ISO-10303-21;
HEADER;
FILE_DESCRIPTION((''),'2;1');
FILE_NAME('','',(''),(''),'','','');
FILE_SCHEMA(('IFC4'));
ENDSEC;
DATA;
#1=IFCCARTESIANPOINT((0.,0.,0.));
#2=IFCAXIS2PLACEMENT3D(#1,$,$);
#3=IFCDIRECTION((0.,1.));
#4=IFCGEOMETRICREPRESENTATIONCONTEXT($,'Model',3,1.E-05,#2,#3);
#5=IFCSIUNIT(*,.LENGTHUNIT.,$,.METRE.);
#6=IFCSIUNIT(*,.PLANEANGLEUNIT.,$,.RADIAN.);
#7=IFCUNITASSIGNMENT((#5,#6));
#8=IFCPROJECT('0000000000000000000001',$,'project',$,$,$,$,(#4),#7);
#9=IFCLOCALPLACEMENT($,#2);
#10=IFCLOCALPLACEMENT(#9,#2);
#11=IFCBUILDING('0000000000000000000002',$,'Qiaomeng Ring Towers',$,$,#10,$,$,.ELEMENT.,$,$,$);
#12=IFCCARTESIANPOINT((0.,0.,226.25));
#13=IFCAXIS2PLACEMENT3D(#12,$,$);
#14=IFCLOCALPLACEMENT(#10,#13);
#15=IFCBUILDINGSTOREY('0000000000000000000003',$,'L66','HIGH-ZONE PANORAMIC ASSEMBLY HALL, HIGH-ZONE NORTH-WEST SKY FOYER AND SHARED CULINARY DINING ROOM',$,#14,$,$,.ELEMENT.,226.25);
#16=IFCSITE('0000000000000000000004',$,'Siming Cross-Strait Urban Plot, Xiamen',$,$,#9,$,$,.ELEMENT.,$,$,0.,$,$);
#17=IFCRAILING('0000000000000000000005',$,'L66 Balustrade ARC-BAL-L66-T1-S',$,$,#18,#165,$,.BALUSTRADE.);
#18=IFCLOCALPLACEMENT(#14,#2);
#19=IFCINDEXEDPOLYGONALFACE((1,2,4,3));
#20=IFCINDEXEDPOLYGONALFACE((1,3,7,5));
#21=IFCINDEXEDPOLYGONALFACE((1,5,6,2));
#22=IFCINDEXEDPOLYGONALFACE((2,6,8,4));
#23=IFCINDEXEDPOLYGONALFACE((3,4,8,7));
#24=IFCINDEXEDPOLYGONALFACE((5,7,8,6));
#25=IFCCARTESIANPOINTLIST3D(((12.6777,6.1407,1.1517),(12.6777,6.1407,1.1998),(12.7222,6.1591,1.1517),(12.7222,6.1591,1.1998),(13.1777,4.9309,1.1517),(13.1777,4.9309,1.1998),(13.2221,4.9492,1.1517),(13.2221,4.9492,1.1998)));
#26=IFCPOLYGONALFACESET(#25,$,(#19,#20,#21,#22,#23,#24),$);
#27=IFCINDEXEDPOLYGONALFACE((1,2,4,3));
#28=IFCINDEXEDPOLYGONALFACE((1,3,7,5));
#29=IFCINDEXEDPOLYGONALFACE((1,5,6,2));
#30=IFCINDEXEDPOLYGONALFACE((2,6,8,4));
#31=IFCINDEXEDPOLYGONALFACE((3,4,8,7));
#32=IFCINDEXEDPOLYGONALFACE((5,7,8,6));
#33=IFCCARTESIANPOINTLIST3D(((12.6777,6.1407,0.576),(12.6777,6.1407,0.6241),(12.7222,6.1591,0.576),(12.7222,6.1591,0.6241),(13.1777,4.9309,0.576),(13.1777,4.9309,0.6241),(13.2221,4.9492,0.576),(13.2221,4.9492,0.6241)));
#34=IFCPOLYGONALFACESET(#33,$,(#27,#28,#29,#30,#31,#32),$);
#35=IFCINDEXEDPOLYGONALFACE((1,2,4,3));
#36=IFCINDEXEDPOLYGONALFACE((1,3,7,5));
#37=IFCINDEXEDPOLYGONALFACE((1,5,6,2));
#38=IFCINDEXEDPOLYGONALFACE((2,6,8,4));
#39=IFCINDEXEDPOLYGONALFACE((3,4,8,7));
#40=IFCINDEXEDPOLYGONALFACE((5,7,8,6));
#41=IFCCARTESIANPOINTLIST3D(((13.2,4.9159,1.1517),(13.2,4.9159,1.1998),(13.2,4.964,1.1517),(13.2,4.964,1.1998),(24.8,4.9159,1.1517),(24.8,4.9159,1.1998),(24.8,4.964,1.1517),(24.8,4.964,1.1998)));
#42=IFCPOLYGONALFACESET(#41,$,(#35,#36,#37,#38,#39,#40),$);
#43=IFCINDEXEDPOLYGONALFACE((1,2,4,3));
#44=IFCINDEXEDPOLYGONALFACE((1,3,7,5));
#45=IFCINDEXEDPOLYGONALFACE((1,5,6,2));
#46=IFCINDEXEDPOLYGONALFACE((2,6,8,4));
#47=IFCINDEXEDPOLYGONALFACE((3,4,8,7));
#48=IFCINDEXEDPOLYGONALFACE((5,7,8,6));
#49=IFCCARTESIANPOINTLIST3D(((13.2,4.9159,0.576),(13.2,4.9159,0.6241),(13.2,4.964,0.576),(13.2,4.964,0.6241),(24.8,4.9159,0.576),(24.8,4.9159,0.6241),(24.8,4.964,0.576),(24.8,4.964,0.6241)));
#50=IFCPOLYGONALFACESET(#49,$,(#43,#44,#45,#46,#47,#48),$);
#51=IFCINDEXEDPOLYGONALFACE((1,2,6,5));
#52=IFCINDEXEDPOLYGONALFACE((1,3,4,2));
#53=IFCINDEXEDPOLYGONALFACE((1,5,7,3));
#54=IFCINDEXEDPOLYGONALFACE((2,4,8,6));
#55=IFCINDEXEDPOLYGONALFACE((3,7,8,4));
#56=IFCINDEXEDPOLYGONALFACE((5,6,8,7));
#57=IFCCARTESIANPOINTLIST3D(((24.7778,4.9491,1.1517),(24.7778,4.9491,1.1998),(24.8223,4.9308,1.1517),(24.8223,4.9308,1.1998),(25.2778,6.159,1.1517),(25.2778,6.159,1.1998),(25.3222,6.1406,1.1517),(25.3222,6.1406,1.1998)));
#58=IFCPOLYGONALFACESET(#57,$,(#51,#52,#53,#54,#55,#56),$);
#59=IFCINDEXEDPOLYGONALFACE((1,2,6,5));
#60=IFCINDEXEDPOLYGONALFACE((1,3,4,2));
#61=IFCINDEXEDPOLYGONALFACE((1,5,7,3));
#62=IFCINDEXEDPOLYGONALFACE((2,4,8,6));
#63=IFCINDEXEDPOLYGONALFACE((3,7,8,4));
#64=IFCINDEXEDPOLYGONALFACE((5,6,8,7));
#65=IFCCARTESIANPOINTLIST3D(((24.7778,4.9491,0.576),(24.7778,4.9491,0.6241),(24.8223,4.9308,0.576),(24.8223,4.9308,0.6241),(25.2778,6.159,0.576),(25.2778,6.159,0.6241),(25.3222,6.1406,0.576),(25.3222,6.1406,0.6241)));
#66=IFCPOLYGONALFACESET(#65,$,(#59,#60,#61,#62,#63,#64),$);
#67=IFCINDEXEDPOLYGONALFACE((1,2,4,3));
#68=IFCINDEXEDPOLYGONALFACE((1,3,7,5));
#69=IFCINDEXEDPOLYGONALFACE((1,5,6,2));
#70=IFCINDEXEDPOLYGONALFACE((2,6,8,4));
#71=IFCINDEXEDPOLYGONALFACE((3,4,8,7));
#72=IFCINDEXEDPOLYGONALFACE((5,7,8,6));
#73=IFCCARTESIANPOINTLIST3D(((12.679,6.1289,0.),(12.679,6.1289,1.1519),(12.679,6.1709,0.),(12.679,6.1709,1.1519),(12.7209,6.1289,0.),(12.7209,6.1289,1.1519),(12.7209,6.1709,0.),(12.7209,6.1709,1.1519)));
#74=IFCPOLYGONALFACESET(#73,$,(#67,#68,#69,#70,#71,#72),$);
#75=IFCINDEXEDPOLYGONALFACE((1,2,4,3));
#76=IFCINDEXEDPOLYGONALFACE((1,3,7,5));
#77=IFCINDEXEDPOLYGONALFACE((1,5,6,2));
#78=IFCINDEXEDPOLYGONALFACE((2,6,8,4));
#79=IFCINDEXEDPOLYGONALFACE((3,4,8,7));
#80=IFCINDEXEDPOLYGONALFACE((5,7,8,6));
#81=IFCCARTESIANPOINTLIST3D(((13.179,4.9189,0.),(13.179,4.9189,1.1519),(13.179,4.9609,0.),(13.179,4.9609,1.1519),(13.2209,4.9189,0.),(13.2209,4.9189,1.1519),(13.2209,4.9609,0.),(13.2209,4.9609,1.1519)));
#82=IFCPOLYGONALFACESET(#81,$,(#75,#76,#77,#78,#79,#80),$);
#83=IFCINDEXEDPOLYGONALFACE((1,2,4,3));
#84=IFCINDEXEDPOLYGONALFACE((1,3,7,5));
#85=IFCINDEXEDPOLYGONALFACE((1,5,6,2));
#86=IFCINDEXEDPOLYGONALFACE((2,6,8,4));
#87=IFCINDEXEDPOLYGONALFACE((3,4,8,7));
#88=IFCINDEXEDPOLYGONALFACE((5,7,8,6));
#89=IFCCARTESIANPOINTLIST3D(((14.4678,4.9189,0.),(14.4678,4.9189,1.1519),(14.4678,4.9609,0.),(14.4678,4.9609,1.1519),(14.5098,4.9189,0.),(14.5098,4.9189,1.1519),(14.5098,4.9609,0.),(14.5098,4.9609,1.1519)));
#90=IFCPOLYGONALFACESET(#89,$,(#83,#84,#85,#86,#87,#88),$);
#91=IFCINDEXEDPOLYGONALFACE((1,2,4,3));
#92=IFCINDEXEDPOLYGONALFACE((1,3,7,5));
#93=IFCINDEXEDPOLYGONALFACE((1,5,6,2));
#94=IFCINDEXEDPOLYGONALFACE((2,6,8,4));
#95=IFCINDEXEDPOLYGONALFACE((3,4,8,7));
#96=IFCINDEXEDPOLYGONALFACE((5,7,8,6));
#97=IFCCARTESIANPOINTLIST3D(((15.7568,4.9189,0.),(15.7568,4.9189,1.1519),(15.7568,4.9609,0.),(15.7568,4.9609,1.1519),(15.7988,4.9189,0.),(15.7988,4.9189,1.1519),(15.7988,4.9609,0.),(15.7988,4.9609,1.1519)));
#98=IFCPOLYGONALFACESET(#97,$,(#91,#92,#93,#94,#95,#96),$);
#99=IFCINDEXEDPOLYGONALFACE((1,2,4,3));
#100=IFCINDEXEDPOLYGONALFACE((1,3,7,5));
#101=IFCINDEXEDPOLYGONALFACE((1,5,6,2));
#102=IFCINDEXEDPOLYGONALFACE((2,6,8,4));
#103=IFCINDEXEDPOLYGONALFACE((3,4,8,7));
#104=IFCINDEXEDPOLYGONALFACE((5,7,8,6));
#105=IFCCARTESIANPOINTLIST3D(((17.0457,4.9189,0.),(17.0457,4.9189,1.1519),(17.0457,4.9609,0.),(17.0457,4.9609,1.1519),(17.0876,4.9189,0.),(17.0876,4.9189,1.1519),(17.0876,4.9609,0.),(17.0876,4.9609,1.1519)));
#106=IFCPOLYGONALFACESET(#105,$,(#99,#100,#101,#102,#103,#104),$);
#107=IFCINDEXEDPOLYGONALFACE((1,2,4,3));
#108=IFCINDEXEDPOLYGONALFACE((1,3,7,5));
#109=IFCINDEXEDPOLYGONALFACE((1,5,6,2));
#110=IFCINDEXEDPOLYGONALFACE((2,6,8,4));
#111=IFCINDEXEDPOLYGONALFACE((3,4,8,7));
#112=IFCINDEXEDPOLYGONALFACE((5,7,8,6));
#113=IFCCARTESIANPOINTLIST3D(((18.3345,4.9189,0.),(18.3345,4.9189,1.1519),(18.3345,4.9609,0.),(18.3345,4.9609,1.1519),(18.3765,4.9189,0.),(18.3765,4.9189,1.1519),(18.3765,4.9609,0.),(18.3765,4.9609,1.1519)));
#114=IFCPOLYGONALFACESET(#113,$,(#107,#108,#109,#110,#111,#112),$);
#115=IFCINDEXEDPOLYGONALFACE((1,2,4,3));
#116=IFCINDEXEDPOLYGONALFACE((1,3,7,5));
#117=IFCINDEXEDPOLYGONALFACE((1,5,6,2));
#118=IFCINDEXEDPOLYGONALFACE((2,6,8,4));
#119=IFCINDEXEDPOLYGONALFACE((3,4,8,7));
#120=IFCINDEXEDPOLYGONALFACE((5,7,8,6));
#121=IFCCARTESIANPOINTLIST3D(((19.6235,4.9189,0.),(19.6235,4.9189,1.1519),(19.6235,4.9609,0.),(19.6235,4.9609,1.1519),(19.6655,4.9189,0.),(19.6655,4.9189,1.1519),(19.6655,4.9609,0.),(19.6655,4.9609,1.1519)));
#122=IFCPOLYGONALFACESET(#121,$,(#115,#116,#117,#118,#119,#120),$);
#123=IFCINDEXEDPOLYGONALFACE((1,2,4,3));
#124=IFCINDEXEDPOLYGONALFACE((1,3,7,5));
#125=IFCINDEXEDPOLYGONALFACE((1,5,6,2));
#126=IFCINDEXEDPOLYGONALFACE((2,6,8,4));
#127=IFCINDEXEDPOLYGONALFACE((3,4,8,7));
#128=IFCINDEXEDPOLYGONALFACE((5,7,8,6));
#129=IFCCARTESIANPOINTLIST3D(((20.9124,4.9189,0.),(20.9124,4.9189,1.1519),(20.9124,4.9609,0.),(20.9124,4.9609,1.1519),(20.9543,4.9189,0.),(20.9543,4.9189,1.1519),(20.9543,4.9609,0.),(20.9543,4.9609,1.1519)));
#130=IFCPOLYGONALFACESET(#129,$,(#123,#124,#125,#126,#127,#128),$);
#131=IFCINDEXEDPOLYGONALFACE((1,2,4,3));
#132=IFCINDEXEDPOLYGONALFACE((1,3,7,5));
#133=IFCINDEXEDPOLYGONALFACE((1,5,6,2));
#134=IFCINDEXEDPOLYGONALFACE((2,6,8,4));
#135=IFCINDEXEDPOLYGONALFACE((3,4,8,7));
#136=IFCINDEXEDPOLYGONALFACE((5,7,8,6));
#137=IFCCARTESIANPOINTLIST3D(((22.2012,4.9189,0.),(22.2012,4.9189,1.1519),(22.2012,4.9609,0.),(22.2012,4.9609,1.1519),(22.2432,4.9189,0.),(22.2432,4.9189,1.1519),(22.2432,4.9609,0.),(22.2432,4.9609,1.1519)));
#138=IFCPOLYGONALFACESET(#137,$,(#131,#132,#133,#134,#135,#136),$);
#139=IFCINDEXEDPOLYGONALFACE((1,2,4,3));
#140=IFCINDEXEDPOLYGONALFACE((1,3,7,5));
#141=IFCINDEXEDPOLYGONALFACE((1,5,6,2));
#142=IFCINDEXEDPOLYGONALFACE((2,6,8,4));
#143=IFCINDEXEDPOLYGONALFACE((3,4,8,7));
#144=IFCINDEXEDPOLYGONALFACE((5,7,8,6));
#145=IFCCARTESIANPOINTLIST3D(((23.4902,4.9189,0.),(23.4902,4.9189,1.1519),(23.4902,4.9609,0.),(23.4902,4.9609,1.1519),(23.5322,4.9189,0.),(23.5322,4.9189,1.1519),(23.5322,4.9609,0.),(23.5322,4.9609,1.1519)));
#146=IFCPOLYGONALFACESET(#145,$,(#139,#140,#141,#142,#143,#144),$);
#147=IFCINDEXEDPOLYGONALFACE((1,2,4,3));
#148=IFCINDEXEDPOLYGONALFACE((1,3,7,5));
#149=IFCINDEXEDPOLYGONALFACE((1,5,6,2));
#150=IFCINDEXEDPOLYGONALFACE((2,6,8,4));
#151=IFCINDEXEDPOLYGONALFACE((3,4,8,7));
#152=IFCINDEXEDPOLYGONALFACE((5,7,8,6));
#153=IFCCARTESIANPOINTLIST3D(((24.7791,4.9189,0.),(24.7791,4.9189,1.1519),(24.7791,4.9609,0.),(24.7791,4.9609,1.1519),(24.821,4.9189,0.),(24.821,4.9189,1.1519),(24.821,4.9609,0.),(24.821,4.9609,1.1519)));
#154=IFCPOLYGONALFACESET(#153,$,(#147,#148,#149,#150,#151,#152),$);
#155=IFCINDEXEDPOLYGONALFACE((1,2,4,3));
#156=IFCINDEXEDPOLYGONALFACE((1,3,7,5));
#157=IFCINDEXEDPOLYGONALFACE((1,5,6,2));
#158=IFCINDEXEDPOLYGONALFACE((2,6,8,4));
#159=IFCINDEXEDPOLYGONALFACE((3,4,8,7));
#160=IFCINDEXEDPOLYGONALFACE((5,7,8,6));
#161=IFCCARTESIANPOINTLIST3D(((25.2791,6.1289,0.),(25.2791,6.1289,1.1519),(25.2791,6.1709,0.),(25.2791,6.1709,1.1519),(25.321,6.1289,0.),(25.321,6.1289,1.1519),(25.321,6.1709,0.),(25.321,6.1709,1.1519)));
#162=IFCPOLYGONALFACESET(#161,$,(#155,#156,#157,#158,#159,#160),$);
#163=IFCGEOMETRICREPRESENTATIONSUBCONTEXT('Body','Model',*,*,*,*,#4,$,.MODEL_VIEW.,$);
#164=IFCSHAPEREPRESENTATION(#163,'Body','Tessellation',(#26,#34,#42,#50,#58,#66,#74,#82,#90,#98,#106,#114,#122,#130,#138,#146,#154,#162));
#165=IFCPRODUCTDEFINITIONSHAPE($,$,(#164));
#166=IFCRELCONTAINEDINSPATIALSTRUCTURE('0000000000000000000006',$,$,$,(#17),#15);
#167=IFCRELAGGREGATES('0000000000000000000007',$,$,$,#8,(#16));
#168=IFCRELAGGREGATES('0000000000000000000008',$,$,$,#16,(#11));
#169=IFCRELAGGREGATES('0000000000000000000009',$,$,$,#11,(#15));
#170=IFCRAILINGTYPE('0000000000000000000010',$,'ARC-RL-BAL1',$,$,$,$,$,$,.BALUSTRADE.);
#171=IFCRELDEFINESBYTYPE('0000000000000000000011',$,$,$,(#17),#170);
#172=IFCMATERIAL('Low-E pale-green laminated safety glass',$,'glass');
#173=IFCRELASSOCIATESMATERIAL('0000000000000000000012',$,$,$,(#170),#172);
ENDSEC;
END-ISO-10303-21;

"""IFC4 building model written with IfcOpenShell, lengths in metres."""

from ifc_helpers import new_model, si_unit, direction, frame, origin, origin_2d, place, context, subcontext, project, spatial, rectangle, extrude, material, type_object, element, save


model = new_model("IFC4")

# Units and contexts
model_context = context("Model", 3, precision=1e-05, world=origin(), true_north=direction((0.0, 1.0)))
body_context = subcontext(model_context, "Body", "Model", "MODEL_VIEW")
ifc_project = project(units=[si_unit("LENGTHUNIT", "METRE"), si_unit("PLANEANGLEUNIT", "RADIAN")], contexts=[model_context])

# Site, building, storey
site_placement = place(None, origin())
site = spatial("IfcSite", under=ifc_project, at=site_placement, Name="Siming Cross-Strait Urban Plot, Xiamen", CompositionType="ELEMENT", RefElevation=0.0)
building_placement = place(site_placement, origin())
building = spatial("IfcBuilding", under=site, at=building_placement, Name="Qiaomeng Ring Towers", CompositionType="ELEMENT")
storey_placement = place(building_placement, frame((0.0, 0.0, 226.25)))
storey = spatial("IfcBuildingStorey", under=building, at=storey_placement, Name="L66", Description="HIGH-ZONE PANORAMIC ASSEMBLY HALL, HIGH-ZONE NORTH-WEST SKY FOYER AND SHARED CULINARY DINING ROOM", CompositionType="ELEMENT", Elevation=226.25)

# Railing
ifc_material_1 = material(Name="Low-E pale-green laminated safety glass", Category="glass")
railing_type = type_object("IfcRailingType", Name="ARC-RL-BAL1", PredefinedType="BALUSTRADE", material=ifc_material_1)
railing_placement = place(storey_placement, frame((12.7, 6.1499, 0.0)))
element("IfcRailing", 1, at=railing_placement, inside=storey, type_object=railing_type, Name="L66 Balustrade ARC-BAL-L66-T1-S", PredefinedType="BALUSTRADE", context=body_context, shape_type="SweptSolid", body=[
    extrude(rectangle(XDim=0.0481, YDim=0.0481, at=origin_2d()), frame((0.0, 0.0, 1.1758), z_axis=(0.381913, -0.924198, 0.0), x_axis=(0.924198, 0.381913, 0.0)), (0.0, 0.0, 1.0), 1.3091),
    extrude(rectangle(XDim=0.0481, YDim=0.0481, at=origin_2d()), frame((0.0, 0.0, 0.6001), z_axis=(0.381913, -0.924198, 0.0), x_axis=(0.924198, 0.381913, 0.0)), (0.0, 0.0, 1.0), 1.3091),
    extrude(rectangle(XDim=0.0481, YDim=0.0481, at=origin_2d()), frame((0.5, -1.21, 1.1758), z_axis=(1.0, 0.0, 0.0), x_axis=(0.0, 1.0, 0.0)), (0.0, 0.0, 1.0), 11.6001),
    extrude(rectangle(XDim=0.0481, YDim=0.0481, at=origin_2d()), frame((0.5, -1.21, 0.6001), z_axis=(1.0, 0.0, 0.0), x_axis=(0.0, 1.0, 0.0)), (0.0, 0.0, 1.0), 11.6001),
    extrude(rectangle(XDim=0.0481, YDim=0.0481, at=origin_2d()), frame((12.1001, -1.21, 1.1758), z_axis=(0.381913, 0.924198, 0.0), x_axis=(-0.924198, 0.381913, 0.0)), (0.0, 0.0, 1.0), 1.3091),
    extrude(rectangle(XDim=0.0481, YDim=0.0481, at=origin_2d()), frame((12.1001, -1.21, 0.6001), z_axis=(0.381913, 0.924198, 0.0), x_axis=(-0.924198, 0.381913, 0.0)), (0.0, 0.0, 1.0), 1.3091),
    extrude(rectangle(XDim=0.042, YDim=0.042, at=origin_2d()), origin(), (0.0, 0.0, 1.0), 1.1519),
    extrude(rectangle(XDim=0.042, YDim=0.042, at=origin_2d()), frame((0.5, -1.21, 0.0)), (0.0, 0.0, 1.0), 1.1519),
    extrude(rectangle(XDim=0.042, YDim=0.042, at=origin_2d()), frame((1.7888, -1.21, 0.0)), (0.0, 0.0, 1.0), 1.1519),
    extrude(rectangle(XDim=0.042, YDim=0.042, at=origin_2d()), frame((3.0779, -1.21, 0.0)), (0.0, 0.0, 1.0), 1.1519),
    extrude(rectangle(XDim=0.042, YDim=0.042, at=origin_2d()), frame((4.3667, -1.21, 0.0)), (0.0, 0.0, 1.0), 1.1519),
    extrude(rectangle(XDim=0.042, YDim=0.042, at=origin_2d()), frame((5.6555, -1.21, 0.0)), (0.0, 0.0, 1.0), 1.1519),
    extrude(rectangle(XDim=0.042, YDim=0.042, at=origin_2d()), frame((6.9446, -1.21, 0.0)), (0.0, 0.0, 1.0), 1.1519),
    extrude(rectangle(XDim=0.042, YDim=0.042, at=origin_2d()), frame((8.2334, -1.21, 0.0)), (0.0, 0.0, 1.0), 1.1519),
    extrude(rectangle(XDim=0.042, YDim=0.042, at=origin_2d()), frame((9.5222, -1.21, 0.0)), (0.0, 0.0, 1.0), 1.1519),
    extrude(rectangle(XDim=0.042, YDim=0.042, at=origin_2d()), frame((10.8113, -1.21, 0.0)), (0.0, 0.0, 1.0), 1.1519),
    extrude(rectangle(XDim=0.042, YDim=0.042, at=origin_2d()), frame((12.1001, -1.21, 0.0)), (0.0, 0.0, 1.0), 1.1519),
    extrude(rectangle(XDim=0.042, YDim=0.042, at=origin_2d()), frame((12.6001, 0.0, 0.0)), (0.0, 0.0, 1.0), 1.1519),
])

save(model, "model.ifc")
